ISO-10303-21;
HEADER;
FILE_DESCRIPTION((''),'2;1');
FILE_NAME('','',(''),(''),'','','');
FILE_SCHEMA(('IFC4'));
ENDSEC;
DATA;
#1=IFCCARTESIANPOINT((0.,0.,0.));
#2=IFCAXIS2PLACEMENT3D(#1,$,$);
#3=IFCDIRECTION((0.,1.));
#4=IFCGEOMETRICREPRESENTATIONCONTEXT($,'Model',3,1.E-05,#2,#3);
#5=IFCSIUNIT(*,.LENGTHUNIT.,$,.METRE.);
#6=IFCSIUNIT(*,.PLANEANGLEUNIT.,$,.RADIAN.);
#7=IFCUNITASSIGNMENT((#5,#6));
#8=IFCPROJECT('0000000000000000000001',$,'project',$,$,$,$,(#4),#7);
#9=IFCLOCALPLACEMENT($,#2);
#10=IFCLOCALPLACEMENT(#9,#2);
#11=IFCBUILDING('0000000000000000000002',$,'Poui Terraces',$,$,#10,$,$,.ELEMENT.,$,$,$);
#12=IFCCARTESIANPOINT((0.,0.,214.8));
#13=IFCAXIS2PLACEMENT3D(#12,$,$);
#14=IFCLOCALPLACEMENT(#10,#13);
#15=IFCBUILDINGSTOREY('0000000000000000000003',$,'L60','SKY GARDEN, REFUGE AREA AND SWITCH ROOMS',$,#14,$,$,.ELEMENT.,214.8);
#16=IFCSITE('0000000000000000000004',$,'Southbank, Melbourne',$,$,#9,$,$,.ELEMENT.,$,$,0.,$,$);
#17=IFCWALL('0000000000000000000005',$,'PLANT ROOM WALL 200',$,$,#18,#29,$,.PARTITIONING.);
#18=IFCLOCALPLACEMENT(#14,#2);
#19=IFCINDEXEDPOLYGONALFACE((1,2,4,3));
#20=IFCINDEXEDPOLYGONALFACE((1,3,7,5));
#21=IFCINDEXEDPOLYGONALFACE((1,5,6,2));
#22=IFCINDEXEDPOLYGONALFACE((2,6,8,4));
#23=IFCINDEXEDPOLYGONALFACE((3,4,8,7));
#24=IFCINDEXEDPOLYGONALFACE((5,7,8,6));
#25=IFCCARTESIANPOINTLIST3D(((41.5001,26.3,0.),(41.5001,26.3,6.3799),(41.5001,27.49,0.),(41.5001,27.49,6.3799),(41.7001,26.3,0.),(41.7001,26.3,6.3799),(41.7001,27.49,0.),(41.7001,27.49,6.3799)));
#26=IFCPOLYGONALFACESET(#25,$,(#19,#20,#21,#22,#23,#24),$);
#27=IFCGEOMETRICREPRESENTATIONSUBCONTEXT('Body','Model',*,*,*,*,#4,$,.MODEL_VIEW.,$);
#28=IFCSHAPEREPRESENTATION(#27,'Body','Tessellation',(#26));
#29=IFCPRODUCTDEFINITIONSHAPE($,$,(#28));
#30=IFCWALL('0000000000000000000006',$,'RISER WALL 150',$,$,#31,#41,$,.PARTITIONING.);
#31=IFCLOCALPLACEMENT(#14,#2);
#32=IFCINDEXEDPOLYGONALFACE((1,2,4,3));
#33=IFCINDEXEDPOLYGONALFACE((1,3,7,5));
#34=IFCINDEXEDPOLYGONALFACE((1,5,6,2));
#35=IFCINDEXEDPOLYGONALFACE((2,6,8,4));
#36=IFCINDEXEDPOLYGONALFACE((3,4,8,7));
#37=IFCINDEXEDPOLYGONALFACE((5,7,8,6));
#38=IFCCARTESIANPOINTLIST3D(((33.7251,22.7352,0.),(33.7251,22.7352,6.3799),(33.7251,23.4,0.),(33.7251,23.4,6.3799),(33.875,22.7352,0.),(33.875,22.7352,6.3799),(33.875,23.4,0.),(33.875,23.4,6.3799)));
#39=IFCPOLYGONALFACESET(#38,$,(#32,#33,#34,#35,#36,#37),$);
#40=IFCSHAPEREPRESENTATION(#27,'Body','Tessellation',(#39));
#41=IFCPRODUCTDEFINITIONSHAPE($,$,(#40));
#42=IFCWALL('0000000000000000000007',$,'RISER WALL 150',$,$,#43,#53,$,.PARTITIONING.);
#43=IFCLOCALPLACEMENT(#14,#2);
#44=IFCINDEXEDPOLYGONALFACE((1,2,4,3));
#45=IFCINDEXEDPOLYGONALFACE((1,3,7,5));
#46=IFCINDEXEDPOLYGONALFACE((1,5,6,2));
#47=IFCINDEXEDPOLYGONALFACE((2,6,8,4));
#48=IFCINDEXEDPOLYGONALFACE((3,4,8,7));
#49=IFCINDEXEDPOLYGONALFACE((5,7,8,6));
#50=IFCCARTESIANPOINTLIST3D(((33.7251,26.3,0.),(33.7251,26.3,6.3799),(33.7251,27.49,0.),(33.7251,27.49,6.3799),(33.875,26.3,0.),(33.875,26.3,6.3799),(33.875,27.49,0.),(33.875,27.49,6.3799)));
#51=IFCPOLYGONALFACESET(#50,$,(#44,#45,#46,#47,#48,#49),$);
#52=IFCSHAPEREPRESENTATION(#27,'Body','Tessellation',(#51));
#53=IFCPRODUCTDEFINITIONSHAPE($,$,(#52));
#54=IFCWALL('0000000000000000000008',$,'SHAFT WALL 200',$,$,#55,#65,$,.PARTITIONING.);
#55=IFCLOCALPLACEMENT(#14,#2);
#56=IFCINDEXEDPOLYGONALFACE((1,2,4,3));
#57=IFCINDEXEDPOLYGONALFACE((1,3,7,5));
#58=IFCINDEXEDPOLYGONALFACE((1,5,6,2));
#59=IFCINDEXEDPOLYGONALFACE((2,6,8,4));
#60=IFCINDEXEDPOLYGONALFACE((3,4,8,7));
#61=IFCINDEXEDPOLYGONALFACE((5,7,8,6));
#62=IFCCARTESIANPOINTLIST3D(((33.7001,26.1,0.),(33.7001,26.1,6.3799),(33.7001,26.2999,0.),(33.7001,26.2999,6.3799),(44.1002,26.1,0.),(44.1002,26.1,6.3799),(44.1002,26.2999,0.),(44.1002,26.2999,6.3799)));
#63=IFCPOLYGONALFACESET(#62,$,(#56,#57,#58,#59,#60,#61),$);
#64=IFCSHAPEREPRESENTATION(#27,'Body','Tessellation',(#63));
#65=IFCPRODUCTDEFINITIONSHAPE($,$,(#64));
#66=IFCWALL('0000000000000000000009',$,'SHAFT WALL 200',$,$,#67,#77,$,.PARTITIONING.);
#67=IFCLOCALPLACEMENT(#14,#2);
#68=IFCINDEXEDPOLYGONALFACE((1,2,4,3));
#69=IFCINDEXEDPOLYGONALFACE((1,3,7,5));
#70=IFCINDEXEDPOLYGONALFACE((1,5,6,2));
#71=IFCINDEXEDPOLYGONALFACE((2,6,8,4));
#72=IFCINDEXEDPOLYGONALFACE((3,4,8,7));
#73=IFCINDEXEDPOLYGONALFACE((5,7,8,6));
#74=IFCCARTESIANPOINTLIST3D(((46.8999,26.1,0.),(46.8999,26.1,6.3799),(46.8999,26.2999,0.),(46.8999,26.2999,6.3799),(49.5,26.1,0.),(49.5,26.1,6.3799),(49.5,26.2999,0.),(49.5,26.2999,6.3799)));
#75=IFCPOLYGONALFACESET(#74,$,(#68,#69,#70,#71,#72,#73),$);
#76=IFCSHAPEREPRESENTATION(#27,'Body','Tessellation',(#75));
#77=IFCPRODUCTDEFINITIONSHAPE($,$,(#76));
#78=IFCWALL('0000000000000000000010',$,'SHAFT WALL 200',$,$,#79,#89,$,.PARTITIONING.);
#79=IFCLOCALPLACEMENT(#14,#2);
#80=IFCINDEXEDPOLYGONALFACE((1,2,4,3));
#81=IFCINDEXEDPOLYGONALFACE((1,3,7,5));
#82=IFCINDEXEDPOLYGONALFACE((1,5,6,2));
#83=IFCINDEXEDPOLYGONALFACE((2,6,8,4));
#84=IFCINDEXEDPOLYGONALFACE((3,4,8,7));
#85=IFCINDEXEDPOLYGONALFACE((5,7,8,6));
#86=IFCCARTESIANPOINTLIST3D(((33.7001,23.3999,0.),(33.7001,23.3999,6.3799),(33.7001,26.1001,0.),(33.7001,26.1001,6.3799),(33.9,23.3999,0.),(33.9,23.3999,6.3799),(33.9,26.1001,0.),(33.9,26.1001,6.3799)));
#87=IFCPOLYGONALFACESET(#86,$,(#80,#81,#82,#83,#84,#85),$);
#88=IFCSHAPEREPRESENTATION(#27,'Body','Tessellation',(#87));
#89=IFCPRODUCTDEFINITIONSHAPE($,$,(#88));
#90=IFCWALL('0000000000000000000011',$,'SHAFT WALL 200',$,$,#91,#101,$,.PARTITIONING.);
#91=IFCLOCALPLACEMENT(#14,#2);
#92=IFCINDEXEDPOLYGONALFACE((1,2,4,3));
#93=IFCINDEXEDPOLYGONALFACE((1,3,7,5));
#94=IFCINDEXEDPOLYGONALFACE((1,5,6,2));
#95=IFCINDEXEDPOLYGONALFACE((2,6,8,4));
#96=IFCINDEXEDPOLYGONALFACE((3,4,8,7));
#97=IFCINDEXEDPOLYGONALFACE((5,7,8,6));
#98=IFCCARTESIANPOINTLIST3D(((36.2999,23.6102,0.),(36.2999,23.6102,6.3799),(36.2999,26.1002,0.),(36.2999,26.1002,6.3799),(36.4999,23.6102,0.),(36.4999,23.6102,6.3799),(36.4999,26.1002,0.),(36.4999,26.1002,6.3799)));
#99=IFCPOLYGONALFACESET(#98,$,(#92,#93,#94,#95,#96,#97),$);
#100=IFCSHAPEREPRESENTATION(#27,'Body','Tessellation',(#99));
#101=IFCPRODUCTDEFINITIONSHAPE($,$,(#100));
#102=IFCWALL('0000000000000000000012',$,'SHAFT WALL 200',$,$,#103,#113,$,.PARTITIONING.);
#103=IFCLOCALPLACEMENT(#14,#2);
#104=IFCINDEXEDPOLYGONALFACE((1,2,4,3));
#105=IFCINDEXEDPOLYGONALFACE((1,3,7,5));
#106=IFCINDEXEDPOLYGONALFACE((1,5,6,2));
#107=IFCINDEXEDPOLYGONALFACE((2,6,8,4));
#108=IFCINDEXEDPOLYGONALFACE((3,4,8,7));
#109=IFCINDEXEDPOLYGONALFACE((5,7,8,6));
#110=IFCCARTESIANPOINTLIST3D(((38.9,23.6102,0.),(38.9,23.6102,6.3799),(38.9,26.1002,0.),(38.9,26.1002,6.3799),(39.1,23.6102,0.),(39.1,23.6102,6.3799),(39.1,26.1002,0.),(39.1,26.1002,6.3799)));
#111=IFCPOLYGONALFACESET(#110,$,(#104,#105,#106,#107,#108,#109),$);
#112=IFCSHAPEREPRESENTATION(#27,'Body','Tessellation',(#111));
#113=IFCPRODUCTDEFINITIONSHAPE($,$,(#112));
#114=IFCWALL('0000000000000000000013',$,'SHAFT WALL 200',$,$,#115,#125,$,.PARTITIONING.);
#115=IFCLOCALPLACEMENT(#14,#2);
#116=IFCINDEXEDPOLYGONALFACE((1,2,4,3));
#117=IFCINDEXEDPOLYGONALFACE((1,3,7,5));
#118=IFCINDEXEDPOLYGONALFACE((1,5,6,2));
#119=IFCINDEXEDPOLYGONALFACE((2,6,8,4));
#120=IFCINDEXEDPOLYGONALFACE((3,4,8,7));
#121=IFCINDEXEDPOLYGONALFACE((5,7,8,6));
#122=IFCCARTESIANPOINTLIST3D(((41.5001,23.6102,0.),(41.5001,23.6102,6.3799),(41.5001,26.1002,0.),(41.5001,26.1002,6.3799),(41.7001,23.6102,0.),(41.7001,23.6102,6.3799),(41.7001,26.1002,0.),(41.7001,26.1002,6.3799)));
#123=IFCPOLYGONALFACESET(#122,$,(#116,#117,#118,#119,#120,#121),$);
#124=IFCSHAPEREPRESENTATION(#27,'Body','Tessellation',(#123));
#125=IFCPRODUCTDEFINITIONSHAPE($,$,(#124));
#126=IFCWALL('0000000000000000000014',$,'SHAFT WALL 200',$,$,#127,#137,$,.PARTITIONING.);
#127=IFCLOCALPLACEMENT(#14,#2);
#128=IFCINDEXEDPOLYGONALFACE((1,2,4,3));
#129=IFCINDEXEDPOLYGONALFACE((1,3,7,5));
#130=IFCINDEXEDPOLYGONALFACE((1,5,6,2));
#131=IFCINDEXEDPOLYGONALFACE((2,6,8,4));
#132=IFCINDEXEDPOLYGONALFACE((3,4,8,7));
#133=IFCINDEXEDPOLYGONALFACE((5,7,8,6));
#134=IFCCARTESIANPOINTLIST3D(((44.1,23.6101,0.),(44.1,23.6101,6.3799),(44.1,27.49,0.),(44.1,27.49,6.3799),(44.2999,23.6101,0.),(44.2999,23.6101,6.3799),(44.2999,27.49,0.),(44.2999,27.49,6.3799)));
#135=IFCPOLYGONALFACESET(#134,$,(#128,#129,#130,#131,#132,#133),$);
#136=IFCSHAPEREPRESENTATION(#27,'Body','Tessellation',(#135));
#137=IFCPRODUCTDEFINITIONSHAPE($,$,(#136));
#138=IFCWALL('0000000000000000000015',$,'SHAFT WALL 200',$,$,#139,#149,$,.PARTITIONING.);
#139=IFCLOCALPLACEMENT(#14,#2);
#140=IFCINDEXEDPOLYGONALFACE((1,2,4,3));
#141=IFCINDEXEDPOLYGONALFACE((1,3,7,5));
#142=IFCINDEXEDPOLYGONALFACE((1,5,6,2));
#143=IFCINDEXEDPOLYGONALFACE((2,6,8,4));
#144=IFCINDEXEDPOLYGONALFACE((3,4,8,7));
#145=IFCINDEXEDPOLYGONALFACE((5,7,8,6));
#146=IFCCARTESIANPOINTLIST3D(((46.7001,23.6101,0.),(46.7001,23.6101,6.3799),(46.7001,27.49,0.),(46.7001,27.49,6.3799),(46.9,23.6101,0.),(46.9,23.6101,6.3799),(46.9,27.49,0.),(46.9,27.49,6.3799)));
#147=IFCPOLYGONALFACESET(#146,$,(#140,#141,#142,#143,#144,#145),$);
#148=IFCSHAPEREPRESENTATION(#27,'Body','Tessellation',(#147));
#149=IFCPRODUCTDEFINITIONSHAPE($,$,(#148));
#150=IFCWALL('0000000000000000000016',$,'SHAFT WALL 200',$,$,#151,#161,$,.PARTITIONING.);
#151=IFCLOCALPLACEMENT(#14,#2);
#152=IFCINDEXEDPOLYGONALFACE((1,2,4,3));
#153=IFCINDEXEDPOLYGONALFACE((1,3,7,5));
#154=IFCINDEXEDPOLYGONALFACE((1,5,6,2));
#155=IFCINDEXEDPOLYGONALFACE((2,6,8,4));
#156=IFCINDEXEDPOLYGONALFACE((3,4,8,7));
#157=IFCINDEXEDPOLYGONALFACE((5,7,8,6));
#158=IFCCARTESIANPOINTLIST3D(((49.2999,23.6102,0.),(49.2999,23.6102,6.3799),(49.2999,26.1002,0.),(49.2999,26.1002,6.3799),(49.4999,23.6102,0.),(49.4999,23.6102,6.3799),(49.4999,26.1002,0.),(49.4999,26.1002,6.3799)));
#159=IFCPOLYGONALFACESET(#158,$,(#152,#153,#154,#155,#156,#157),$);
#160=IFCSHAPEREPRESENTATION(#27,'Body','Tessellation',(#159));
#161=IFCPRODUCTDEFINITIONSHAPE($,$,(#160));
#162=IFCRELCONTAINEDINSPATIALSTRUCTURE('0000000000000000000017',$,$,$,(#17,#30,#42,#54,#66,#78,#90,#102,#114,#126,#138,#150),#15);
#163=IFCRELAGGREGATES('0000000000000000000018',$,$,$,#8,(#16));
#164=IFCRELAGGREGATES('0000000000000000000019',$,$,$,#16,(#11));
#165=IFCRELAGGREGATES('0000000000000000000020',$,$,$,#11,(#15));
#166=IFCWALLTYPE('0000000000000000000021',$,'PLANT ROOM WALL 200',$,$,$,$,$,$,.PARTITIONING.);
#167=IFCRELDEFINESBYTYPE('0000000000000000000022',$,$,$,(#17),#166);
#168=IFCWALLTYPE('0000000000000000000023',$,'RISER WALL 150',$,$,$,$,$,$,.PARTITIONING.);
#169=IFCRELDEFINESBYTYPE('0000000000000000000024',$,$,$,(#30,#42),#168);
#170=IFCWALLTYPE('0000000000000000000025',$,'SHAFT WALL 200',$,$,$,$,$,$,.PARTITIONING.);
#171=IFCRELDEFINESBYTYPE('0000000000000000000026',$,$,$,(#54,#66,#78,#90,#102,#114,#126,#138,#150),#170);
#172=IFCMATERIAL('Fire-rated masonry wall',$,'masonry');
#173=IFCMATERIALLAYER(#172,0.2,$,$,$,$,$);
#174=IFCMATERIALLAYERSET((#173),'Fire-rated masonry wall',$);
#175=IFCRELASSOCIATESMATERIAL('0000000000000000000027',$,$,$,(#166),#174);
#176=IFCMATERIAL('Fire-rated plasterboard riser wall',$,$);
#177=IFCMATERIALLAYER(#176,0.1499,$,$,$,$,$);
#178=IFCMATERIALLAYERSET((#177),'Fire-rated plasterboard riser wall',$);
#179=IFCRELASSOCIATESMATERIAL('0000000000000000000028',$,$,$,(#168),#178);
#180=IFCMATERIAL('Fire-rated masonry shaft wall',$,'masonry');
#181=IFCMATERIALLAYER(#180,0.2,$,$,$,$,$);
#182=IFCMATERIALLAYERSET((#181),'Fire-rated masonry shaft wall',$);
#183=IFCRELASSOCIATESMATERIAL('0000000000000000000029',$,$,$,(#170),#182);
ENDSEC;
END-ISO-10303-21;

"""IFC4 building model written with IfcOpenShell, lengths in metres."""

from ifc_helpers import new_model, si_unit, direction, frame, frame_2d, origin, place, context, subcontext, project, spatial, rectangle, extrude, material, layer, layer_set, type_object, element, save


model = new_model("IFC4")

# Units and contexts
model_context = context("Model", 3, precision=1e-05, world=origin(), true_north=direction((0.0, 1.0)))
body_context = subcontext(model_context, "Body", "Model", "MODEL_VIEW")
ifc_project = project(units=[si_unit("LENGTHUNIT", "METRE"), si_unit("PLANEANGLEUNIT", "RADIAN")], contexts=[model_context])

# Site, building, storey
site_placement = place(None, origin())
site = spatial("IfcSite", under=ifc_project, at=site_placement, Name="Southbank, Melbourne", CompositionType="ELEMENT", RefElevation=0.0)
building_placement = place(site_placement, origin())
building = spatial("IfcBuilding", under=site, at=building_placement, Name="Poui Terraces", CompositionType="ELEMENT")
storey_placement = place(building_placement, frame((0.0, 0.0, 214.8)))
storey = spatial("IfcBuildingStorey", under=building, at=storey_placement, Name="L60", Description="SKY GARDEN, REFUGE AREA AND SWITCH ROOMS", CompositionType="ELEMENT", Elevation=214.8)

# Walls
ifc_material_1 = material(Name="Fire-rated masonry wall", Category="masonry")
ifc_layer_1 = layer(ifc_material_1, 0.2)
ifc_layer_set_1 = layer_set([ifc_layer_1], Name="Fire-rated masonry wall")
wall_type_1 = type_object("IfcWallType", Name="PLANT ROOM WALL 200", PredefinedType="PARTITIONING", material=ifc_layer_set_1)
wall_1_placement = place(storey_placement, frame((41.6001, 26.3, 0.0), z_axis=(0.0, 0.0, 1.0), x_axis=(0.0, 1.0, 0.0)))
element("IfcWall", 1, at=wall_1_placement, inside=storey, type_object=wall_type_1, Name="PLANT ROOM WALL 200", PredefinedType="PARTITIONING", context=body_context, shape_type="SweptSolid", body=[
    extrude(rectangle(XDim=1.1899, YDim=0.2, at=frame_2d((0.595, 0.0))), origin(), (0.0, 0.0, 1.0), 6.3799),
])
ifc_material_2 = material(Name="Fire-rated plasterboard riser wall")
ifc_layer_2 = layer(ifc_material_2, 0.1499)
ifc_layer_set_2 = layer_set([ifc_layer_2], Name="Fire-rated plasterboard riser wall")
wall_type_2 = type_object("IfcWallType", Name="RISER WALL 150", PredefinedType="PARTITIONING", material=ifc_layer_set_2)
wall_2_placement = place(storey_placement, frame((33.8, 22.7351, 0.0), z_axis=(0.0, 0.0, 1.0), x_axis=(0.0, 1.0, 0.0)))
element("IfcWall", 2, at=wall_2_placement, inside=storey, type_object=wall_type_2, Name="RISER WALL 150", PredefinedType="PARTITIONING", context=body_context, shape_type="SweptSolid", body=[
    extrude(rectangle(XDim=0.6648, YDim=0.1499, at=frame_2d((0.3325, 0.0))), origin(), (0.0, 0.0, 1.0), 6.3799),
])
wall_3_placement = place(storey_placement, frame((33.8, 26.3, 0.0), z_axis=(0.0, 0.0, 1.0), x_axis=(0.0, 1.0, 0.0)))
element("IfcWall", 3, at=wall_3_placement, inside=storey, type_object=wall_type_2, Name="RISER WALL 150", PredefinedType="PARTITIONING", context=body_context, shape_type="SweptSolid", body=[
    extrude(rectangle(XDim=1.1899, YDim=0.1499, at=frame_2d((0.595, 0.0))), origin(), (0.0, 0.0, 1.0), 6.3799),
])
ifc_material_3 = material(Name="Fire-rated masonry shaft wall", Category="masonry")
ifc_layer_3 = layer(ifc_material_3, 0.2)
ifc_layer_set_3 = layer_set([ifc_layer_3], Name="Fire-rated masonry shaft wall")
wall_type_3 = type_object("IfcWallType", Name="SHAFT WALL 200", PredefinedType="PARTITIONING", material=ifc_layer_set_3)
wall_4_placement = place(storey_placement, frame((33.7, 26.2, 0.0), z_axis=(0.0, 0.0, 1.0), x_axis=(1.0, 0.0, 0.0)))
element("IfcWall", 4, at=wall_4_placement, inside=storey, type_object=wall_type_3, Name="SHAFT WALL 200", PredefinedType="PARTITIONING", context=body_context, shape_type="SweptSolid", body=[
    extrude(rectangle(XDim=10.4001, YDim=0.2, at=frame_2d((5.2002, 0.0))), origin(), (0.0, 0.0, 1.0), 6.3799),
])
wall_5_placement = place(storey_placement, frame((46.8999, 26.2, 0.0), z_axis=(0.0, 0.0, 1.0), x_axis=(1.0, 0.0, 0.0)))
element("IfcWall", 5, at=wall_5_placement, inside=storey, type_object=wall_type_3, Name="SHAFT WALL 200", PredefinedType="PARTITIONING", context=body_context, shape_type="SweptSolid", body=[
    extrude(rectangle(XDim=2.6001, YDim=0.2, at=frame_2d((1.3, 0.0))), origin(), (0.0, 0.0, 1.0), 6.3799),
])
wall_6_placement = place(storey_placement, frame((33.8, 23.3999, 0.0), z_axis=(0.0, 0.0, 1.0), x_axis=(0.0, 1.0, 0.0)))
element("IfcWall", 6, at=wall_6_placement, inside=storey, type_object=wall_type_3, Name="SHAFT WALL 200", PredefinedType="PARTITIONING", context=body_context, shape_type="SweptSolid", body=[
    extrude(rectangle(XDim=2.7002, YDim=0.2, at=frame_2d((1.3501, 0.0))), origin(), (0.0, 0.0, 1.0), 6.3799),
])
for number, where, z_axis, x_axis, name in (
    (7, (36.3999, 23.6101, 0.0), (0.0, 0.0, 1.0), (0.0, 1.0, 0.0), "SHAFT WALL 200"),
    (8, (39.0, 23.6101, 0.0), (0.0, 0.0, 1.0), (0.0, 1.0, 0.0), "SHAFT WALL 200"),
    (9, (41.6001, 23.6101, 0.0), (0.0, 0.0, 1.0), (0.0, 1.0, 0.0), "SHAFT WALL 200"),
):
    element("IfcWall", number, at=place(storey_placement, frame(where, z_axis=z_axis, x_axis=x_axis)), inside=storey, type_object=wall_type_3, Name=name, PredefinedType="PARTITIONING", context=body_context, shape_type="SweptSolid", body=[
        extrude(rectangle(XDim=2.49, YDim=0.2, at=frame_2d((1.2451, 0.0))), origin(), (0.0, 0.0, 1.0), 6.3799),
    ])
for number, where, z_axis, x_axis, name in (
    (10, (44.2, 23.6101, 0.0), (0.0, 0.0, 1.0), (0.0, 1.0, 0.0), "SHAFT WALL 200"),
    (11, (46.8, 23.6101, 0.0), (0.0, 0.0, 1.0), (0.0, 1.0, 0.0), "SHAFT WALL 200"),
):
    element("IfcWall", number, at=place(storey_placement, frame(where, z_axis=z_axis, x_axis=x_axis)), inside=storey, type_object=wall_type_3, Name=name, PredefinedType="PARTITIONING", context=body_context, shape_type="SweptSolid", body=[
        extrude(rectangle(XDim=3.8799, YDim=0.2, at=frame_2d((1.9399, 0.0))), origin(), (0.0, 0.0, 1.0), 6.3799),
    ])
wall_7_placement = place(storey_placement, frame((49.3999, 23.6101, 0.0), z_axis=(0.0, 0.0, 1.0), x_axis=(0.0, 1.0, 0.0)))
element("IfcWall", 12, at=wall_7_placement, inside=storey, type_object=wall_type_3, Name="SHAFT WALL 200", PredefinedType="PARTITIONING", context=body_context, shape_type="SweptSolid", body=[
    extrude(rectangle(XDim=2.49, YDim=0.2, at=frame_2d((1.2451, 0.0))), origin(), (0.0, 0.0, 1.0), 6.3799),
])

save(model, "model.ifc")
